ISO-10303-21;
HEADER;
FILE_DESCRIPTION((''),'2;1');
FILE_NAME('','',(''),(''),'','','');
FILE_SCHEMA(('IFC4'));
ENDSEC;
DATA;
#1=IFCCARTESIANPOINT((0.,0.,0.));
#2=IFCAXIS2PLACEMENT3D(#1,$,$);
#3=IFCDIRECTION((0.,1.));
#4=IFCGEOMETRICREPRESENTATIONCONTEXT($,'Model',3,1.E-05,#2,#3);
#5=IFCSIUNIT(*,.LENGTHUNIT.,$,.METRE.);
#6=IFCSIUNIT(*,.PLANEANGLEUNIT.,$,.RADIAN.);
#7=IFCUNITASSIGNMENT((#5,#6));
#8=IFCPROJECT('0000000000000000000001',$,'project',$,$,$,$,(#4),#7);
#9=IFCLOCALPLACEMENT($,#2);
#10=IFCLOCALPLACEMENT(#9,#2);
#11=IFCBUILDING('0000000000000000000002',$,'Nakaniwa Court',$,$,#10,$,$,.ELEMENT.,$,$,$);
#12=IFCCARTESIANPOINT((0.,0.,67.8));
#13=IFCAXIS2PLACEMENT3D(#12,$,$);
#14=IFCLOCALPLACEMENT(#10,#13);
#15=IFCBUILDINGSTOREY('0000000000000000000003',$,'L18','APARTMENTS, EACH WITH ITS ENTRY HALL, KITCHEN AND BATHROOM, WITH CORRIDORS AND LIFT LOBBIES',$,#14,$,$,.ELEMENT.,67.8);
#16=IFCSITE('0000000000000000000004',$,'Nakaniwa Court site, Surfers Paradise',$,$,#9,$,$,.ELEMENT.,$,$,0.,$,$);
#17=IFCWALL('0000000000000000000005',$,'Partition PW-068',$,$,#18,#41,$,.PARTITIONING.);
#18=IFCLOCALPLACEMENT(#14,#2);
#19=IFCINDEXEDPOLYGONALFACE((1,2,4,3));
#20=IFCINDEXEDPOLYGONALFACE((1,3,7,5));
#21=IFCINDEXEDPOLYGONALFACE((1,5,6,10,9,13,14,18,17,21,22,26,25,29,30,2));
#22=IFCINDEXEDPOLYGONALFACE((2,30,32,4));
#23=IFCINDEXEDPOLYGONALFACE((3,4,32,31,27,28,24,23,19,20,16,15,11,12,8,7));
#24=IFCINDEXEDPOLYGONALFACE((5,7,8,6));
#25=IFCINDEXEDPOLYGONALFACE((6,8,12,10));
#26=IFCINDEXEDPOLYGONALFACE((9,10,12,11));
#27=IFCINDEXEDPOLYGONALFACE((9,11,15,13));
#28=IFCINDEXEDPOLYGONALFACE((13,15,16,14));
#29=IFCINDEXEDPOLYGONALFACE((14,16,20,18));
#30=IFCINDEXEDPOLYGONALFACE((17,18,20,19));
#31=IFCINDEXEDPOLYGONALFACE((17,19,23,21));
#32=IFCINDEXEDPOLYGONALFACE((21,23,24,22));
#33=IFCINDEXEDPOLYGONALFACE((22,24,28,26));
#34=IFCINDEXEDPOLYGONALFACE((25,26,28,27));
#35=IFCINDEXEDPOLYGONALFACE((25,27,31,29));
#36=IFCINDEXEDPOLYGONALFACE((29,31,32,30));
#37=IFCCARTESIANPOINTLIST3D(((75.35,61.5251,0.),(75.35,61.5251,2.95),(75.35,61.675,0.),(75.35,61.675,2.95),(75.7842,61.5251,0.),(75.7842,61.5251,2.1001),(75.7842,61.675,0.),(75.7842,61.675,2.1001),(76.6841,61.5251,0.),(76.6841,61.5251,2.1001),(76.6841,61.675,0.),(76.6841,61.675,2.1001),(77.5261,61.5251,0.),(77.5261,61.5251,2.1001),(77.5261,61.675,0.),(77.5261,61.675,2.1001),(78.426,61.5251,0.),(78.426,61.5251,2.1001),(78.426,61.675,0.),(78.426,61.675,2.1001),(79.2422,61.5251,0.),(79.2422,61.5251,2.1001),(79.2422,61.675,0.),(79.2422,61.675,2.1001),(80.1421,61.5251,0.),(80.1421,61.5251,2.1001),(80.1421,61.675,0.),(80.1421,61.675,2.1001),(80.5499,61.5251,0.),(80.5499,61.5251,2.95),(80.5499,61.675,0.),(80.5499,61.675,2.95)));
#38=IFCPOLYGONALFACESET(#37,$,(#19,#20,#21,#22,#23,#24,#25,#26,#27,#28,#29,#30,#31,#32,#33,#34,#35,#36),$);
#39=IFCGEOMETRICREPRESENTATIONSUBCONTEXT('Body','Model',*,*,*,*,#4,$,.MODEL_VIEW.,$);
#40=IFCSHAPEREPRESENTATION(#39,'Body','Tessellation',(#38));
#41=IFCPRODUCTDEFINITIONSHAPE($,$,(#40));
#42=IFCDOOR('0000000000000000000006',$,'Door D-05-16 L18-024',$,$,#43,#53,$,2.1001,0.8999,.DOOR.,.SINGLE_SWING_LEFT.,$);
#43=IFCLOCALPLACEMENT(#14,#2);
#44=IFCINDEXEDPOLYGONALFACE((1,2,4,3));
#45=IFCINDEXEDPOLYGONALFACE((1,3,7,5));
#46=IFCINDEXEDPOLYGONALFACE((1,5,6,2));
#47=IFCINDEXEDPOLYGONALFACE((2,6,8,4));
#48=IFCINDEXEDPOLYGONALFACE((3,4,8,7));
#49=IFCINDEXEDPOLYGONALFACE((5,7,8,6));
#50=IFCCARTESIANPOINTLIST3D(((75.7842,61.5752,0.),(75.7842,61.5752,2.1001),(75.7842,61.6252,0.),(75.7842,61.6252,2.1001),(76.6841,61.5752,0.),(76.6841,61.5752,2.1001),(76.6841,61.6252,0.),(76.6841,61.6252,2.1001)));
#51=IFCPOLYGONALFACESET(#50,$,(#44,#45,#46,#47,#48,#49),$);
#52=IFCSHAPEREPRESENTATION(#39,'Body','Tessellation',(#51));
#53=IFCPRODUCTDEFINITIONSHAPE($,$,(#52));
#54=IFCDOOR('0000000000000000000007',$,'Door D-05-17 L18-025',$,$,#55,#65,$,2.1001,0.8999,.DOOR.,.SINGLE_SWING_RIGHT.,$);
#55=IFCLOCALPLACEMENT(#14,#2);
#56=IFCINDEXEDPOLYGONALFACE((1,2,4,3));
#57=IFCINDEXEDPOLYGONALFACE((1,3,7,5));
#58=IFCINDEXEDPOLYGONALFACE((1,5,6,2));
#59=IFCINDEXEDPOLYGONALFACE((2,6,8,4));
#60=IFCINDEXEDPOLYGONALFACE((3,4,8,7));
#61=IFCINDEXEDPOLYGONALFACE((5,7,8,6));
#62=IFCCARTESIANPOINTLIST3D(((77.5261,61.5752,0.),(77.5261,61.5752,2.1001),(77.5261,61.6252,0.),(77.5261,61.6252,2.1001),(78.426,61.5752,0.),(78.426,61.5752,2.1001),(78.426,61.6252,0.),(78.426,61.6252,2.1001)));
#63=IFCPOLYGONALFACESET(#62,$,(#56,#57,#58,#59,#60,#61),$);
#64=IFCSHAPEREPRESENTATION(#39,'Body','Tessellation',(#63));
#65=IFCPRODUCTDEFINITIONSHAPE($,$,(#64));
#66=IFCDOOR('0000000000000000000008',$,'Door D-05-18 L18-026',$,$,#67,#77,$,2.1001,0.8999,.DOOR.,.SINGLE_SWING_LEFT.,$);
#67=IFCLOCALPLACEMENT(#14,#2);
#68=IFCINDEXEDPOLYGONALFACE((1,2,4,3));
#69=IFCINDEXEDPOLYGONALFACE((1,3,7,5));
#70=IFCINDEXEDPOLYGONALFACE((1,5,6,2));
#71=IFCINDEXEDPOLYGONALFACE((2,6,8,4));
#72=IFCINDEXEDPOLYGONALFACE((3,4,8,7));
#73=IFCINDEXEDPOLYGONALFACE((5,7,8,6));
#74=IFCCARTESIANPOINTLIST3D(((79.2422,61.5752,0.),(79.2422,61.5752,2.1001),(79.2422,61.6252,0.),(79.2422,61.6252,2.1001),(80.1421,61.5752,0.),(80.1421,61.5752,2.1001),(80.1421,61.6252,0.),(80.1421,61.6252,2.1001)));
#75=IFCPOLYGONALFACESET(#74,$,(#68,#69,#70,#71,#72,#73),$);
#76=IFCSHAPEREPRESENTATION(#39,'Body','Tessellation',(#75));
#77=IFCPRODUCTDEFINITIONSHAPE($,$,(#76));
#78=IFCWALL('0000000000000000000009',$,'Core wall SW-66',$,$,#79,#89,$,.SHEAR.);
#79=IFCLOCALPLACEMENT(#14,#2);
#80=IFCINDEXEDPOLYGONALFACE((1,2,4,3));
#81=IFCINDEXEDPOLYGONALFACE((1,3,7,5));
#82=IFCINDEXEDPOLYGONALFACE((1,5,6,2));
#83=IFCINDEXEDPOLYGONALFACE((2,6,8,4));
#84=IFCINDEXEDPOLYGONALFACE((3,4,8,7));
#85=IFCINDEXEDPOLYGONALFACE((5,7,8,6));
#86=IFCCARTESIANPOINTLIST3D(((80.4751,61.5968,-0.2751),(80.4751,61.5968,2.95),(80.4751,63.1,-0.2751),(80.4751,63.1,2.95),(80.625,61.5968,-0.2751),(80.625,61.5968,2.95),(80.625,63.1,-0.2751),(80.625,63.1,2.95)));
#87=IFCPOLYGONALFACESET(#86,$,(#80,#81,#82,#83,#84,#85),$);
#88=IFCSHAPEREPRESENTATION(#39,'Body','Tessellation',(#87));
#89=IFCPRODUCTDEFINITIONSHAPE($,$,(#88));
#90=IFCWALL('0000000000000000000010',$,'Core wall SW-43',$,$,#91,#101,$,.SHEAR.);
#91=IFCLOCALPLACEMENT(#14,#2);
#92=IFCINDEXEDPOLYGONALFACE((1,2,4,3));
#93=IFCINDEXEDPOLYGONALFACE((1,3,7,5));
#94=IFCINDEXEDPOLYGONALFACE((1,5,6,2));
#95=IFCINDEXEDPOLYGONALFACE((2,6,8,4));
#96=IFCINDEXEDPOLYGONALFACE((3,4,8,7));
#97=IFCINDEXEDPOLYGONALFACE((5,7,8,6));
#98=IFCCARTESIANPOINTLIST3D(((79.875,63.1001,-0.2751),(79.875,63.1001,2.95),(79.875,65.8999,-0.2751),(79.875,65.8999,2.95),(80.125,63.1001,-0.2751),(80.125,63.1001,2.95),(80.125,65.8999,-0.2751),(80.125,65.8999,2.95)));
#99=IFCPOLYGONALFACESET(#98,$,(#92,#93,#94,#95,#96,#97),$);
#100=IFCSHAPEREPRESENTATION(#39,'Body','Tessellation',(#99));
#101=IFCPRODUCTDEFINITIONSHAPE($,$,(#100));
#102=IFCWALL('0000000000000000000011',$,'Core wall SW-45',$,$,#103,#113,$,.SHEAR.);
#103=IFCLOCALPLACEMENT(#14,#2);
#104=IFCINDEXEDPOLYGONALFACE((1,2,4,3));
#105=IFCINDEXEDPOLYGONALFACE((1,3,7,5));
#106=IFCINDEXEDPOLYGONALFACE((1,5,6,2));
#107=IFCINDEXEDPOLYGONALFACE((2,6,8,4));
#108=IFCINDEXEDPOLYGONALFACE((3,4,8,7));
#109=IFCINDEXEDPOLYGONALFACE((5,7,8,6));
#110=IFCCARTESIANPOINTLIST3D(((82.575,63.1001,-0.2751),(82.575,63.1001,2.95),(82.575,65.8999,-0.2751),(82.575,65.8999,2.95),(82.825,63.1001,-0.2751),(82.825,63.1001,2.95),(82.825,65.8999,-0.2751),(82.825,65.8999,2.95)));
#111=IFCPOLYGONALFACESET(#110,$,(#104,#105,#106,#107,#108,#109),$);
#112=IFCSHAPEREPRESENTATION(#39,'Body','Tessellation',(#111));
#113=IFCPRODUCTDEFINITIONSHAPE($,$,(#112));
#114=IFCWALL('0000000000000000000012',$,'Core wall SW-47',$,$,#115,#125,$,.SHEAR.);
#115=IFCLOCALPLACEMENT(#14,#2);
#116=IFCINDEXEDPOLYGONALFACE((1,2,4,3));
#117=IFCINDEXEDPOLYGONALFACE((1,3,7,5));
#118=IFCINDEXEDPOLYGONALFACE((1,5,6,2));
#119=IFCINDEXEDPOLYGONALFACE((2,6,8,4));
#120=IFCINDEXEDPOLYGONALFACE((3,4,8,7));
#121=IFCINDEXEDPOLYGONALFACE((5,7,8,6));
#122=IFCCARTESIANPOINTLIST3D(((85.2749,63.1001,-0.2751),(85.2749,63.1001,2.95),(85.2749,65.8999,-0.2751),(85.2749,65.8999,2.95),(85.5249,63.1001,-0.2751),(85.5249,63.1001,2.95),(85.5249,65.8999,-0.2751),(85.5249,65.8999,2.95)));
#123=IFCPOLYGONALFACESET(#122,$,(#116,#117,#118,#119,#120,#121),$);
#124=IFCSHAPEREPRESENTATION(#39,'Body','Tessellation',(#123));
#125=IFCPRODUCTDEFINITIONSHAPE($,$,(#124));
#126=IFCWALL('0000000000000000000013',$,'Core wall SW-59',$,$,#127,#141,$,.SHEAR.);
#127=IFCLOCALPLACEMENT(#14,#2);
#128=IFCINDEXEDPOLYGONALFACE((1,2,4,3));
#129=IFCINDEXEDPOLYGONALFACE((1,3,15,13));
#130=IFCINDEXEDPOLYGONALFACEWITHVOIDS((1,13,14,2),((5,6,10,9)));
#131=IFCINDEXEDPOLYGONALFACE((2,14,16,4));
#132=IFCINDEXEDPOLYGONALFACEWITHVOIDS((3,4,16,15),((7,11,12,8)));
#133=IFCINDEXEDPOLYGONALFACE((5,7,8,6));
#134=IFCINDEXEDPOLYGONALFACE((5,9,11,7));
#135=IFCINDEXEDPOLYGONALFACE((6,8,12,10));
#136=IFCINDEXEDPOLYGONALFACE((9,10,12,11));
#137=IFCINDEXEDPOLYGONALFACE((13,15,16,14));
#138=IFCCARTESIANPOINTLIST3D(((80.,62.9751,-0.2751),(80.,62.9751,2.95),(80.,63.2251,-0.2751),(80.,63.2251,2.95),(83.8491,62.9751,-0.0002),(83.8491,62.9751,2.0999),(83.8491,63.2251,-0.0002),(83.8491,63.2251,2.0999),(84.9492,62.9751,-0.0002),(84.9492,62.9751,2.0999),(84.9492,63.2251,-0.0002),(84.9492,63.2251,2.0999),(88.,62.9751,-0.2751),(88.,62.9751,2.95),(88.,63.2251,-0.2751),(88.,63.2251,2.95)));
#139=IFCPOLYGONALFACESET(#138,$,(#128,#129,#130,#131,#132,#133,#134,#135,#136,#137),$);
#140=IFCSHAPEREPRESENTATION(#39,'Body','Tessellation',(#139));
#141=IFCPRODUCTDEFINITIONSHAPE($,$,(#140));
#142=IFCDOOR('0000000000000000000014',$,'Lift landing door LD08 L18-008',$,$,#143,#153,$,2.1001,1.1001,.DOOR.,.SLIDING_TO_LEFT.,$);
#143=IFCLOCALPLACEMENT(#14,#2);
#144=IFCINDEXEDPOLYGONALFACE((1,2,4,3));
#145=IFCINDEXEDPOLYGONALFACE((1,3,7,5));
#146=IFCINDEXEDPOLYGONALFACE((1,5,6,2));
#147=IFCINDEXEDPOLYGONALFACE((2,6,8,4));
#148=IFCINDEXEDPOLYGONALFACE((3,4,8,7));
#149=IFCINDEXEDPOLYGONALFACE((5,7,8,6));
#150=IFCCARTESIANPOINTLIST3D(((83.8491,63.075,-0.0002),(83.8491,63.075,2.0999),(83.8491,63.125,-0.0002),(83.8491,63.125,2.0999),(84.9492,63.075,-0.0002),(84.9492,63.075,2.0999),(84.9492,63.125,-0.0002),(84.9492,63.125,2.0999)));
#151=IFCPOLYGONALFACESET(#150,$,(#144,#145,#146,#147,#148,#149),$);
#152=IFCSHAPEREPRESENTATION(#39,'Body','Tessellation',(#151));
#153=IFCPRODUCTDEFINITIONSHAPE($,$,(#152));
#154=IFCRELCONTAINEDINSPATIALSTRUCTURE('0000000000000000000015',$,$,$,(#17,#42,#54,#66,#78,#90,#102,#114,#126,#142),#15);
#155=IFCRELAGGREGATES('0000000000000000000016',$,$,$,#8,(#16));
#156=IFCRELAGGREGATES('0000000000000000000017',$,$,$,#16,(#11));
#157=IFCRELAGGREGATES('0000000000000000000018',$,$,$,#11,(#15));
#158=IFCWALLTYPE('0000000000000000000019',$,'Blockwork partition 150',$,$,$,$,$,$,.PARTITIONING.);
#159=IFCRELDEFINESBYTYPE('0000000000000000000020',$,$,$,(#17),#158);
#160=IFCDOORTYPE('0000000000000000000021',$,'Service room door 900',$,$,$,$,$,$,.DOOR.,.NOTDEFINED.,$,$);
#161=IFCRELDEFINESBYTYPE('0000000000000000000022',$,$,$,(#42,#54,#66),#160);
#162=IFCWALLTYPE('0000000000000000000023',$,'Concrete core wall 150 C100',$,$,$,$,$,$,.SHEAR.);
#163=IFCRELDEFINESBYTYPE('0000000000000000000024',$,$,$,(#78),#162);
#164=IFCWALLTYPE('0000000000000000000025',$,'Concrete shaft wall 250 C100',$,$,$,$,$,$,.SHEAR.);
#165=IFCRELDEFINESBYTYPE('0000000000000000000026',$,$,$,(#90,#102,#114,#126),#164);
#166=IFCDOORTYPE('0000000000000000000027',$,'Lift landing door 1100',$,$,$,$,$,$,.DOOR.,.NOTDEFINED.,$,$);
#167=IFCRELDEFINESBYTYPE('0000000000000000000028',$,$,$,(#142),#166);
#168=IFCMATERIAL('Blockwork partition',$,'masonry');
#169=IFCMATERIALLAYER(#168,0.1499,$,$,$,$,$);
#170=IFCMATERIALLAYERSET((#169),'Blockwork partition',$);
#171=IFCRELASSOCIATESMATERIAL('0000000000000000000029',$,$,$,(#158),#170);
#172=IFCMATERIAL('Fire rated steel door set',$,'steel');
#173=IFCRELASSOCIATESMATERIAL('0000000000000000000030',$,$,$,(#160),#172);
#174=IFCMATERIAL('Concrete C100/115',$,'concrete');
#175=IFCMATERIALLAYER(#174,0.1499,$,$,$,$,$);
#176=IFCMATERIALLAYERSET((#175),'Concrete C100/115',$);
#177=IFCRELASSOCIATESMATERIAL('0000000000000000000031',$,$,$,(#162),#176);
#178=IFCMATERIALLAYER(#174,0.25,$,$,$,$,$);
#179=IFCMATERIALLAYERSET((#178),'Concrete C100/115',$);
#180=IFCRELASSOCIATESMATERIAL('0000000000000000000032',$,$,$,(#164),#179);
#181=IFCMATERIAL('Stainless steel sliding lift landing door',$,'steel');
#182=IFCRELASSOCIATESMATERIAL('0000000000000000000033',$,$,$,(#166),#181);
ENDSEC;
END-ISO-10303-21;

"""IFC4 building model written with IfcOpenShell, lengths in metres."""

from ifc_helpers import new_model, si_unit, direction, frame, frame_2d, origin, place, context, subcontext, project, spatial, rectangle, extrude, material, layer, layer_set, type_object, element, fill, save


model = new_model("IFC4")

# Units and contexts
model_context = context("Model", 3, precision=1e-05, world=origin(), true_north=direction((0.0, 1.0)))
body_context = subcontext(model_context, "Body", "Model", "MODEL_VIEW")
ifc_project = project(units=[si_unit("LENGTHUNIT", "METRE"), si_unit("PLANEANGLEUNIT", "RADIAN")], contexts=[model_context])

# Site, building, storey
site_placement = place(None, origin())
site = spatial("IfcSite", under=ifc_project, at=site_placement, Name="Nakaniwa Court site, Surfers Paradise", CompositionType="ELEMENT", RefElevation=0.0)
building_placement = place(site_placement, origin())
building = spatial("IfcBuilding", under=site, at=building_placement, Name="Nakaniwa Court", CompositionType="ELEMENT")
storey_placement = place(building_placement, frame((0.0, 0.0, 67.8)))
storey = spatial("IfcBuildingStorey", under=building, at=storey_placement, Name="L18", Description="APARTMENTS, EACH WITH ITS ENTRY HALL, KITCHEN AND BATHROOM, WITH CORRIDORS AND LIFT LOBBIES", CompositionType="ELEMENT", Elevation=67.8)

# Shared definitions
ifc_material_1 = material(Name="Blockwork partition", Category="masonry")
ifc_layer_1 = layer(ifc_material_1, 0.1499)
ifc_layer_set_1 = layer_set([ifc_layer_1], Name="Blockwork partition")
wall_type_1 = type_object("IfcWallType", Name="Blockwork partition 150", PredefinedType="PARTITIONING", material=ifc_layer_set_1)
ifc_material_2 = material(Name="Fire rated steel door set", Category="steel")

# Wall, openings, doors
wall_1_placement = place(storey_placement, frame((80.55, 61.6001, 0.0), z_axis=(0.0, 0.0, 1.0), x_axis=(-1.0, 0.0, 0.0)))
wall_1 = element("IfcWall", 1, at=wall_1_placement, inside=storey, type_object=wall_type_1, Name="Partition PW-068", PredefinedType="PARTITIONING", context=body_context, shape_type="SweptSolid", body=[
    extrude(rectangle(XDim=5.2, YDim=0.1499, at=frame_2d((2.6001, 0.0))), origin(), (0.0, 0.0, 1.0), 2.95),
])
opening_1_placement = place(wall_1_placement, frame((3.866, 0.0, 0.0)))
opening_1 = element("IfcOpeningElement", 2, at=opening_1_placement, cuts=wall_1, PredefinedType="OPENING", context=body_context, shape_type="SweptSolid", body=[
    extrude(rectangle(XDim=0.8999, YDim=2.1001, at=frame_2d((0.45, 1.05))), frame((0.0, 0.085, 0.0), z_axis=(0.0, -1.0, 0.0), x_axis=(1.0, 0.0, 0.0)), (0.0, 0.0, 1.0), 0.1699),
])
opening_2_placement = place(wall_1_placement, frame((2.124, 0.0, 0.0)))
opening_2 = element("IfcOpeningElement", 3, at=opening_2_placement, cuts=wall_1, PredefinedType="OPENING", context=body_context, shape_type="SweptSolid", body=[
    extrude(rectangle(XDim=0.8999, YDim=2.1001, at=frame_2d((0.45, 1.05))), frame((0.0, 0.085, 0.0), z_axis=(0.0, -1.0, 0.0), x_axis=(1.0, 0.0, 0.0)), (0.0, 0.0, 1.0), 0.1699),
])
opening_3_placement = place(wall_1_placement, frame((0.408, 0.0, 0.0)))
opening_3 = element("IfcOpeningElement", 4, at=opening_3_placement, cuts=wall_1, PredefinedType="OPENING", context=body_context, shape_type="SweptSolid", body=[
    extrude(rectangle(XDim=0.8999, YDim=2.1001, at=frame_2d((0.45, 1.05))), frame((0.0, 0.085, 0.0), z_axis=(0.0, -1.0, 0.0), x_axis=(1.0, 0.0, 0.0)), (0.0, 0.0, 1.0), 0.1699),
])
door_type_1 = type_object("IfcDoorType", Name="Service room door 900", OperationType="NOTDEFINED", PredefinedType="DOOR", material=ifc_material_2)
door_1_placement = place(opening_1_placement, origin())
door_1 = element("IfcDoor", 5, at=door_1_placement, inside=storey, type_object=door_type_1, Name="Door D-05-16 L18-024", OperationType="SINGLE_SWING_LEFT", OverallHeight=2.1001, OverallWidth=0.8999, PredefinedType="DOOR", context=body_context, shape_type="SweptSolid", body=[
    extrude(rectangle(XDim=0.8999, YDim=2.1001, at=frame_2d((0.45, 1.05))), frame((0.0, 0.0249, 0.0), z_axis=(0.0, -1.0, 0.0), x_axis=(1.0, 0.0, 0.0)), (0.0, 0.0, 1.0), 0.05),
])
fill(opening_1, door_1)
door_2_placement = place(opening_2_placement, origin())
door_2 = element("IfcDoor", 6, at=door_2_placement, inside=storey, type_object=door_type_1, Name="Door D-05-17 L18-025", OperationType="SINGLE_SWING_RIGHT", OverallHeight=2.1001, OverallWidth=0.8999, PredefinedType="DOOR", context=body_context, shape_type="SweptSolid", body=[
    extrude(rectangle(XDim=0.8999, YDim=2.1001, at=frame_2d((0.45, 1.05))), frame((0.0, 0.0249, 0.0), z_axis=(0.0, -1.0, 0.0), x_axis=(1.0, 0.0, 0.0)), (0.0, 0.0, 1.0), 0.05),
])
fill(opening_2, door_2)
door_3_placement = place(opening_3_placement, origin())
door_3 = element("IfcDoor", 7, at=door_3_placement, inside=storey, type_object=door_type_1, Name="Door D-05-18 L18-026", OperationType="SINGLE_SWING_LEFT", OverallHeight=2.1001, OverallWidth=0.8999, PredefinedType="DOOR", context=body_context, shape_type="SweptSolid", body=[
    extrude(rectangle(XDim=0.8999, YDim=2.1001, at=frame_2d((0.45, 1.05))), frame((0.0, 0.0249, 0.0), z_axis=(0.0, -1.0, 0.0), x_axis=(1.0, 0.0, 0.0)), (0.0, 0.0, 1.0), 0.05),
])
fill(opening_3, door_3)

# Walls
ifc_material_3 = material(Name="Concrete C100/115", Category="concrete")
ifc_layer_2 = layer(ifc_material_3, 0.1499)
ifc_layer_set_2 = layer_set([ifc_layer_2], Name="Concrete C100/115")
wall_type_2 = type_object("IfcWallType", Name="Concrete core wall 150 C100", PredefinedType="SHEAR", material=ifc_layer_set_2)
wall_2_placement = place(storey_placement, frame((80.55, 61.5969, -0.2751), z_axis=(0.0, 0.0, 1.0), x_axis=(0.0, 1.0, 0.0)))
element("IfcWall", 8, at=wall_2_placement, inside=storey, type_object=wall_type_2, Name="Core wall SW-66", PredefinedType="SHEAR", context=body_context, shape_type="SweptSolid", body=[
    extrude(rectangle(XDim=1.5032, YDim=0.1499, at=frame_2d((0.7515, 0.0))), origin(), (0.0, 0.0, 1.0), 3.2251),
])
ifc_layer_3 = layer(ifc_material_3, 0.25)
ifc_layer_set_3 = layer_set([ifc_layer_3], Name="Concrete C100/115")
wall_type_3 = type_object("IfcWallType", Name="Concrete shaft wall 250 C100", PredefinedType="SHEAR", material=ifc_layer_set_3)
for number, where, z_axis, x_axis, name in (
    (9, (80.0, 63.1001, -0.2751), (0.0, 0.0, 1.0), (0.0, 1.0, 0.0), "Core wall SW-43"),
    (10, (82.7, 63.1001, -0.2751), (0.0, 0.0, 1.0), (0.0, 1.0, 0.0), "Core wall SW-45"),
    (11, (85.3999, 63.1001, -0.2751), (0.0, 0.0, 1.0), (0.0, 1.0, 0.0), "Core wall SW-47"),
):
    element("IfcWall", number, at=place(storey_placement, frame(where, z_axis=z_axis, x_axis=x_axis)), inside=storey, type_object=wall_type_3, Name=name, PredefinedType="SHEAR", context=body_context, shape_type="SweptSolid", body=[
        extrude(rectangle(XDim=2.7998, YDim=0.25, at=frame_2d((1.3999, 0.0))), origin(), (0.0, 0.0, 1.0), 3.2251),
    ])

# Wall, opening, door
wall_3_placement = place(storey_placement, frame((80.0, 63.1001, -0.2751), z_axis=(0.0, 0.0, 1.0), x_axis=(1.0, 0.0, 0.0)))
wall_3 = element("IfcWall", 12, at=wall_3_placement, inside=storey, type_object=wall_type_3, Name="Core wall SW-59", PredefinedType="SHEAR", context=body_context, shape_type="SweptSolid", body=[
    extrude(rectangle(XDim=8.0, YDim=0.25, at=frame_2d((4.0, 0.0))), origin(), (0.0, 0.0, 1.0), 3.2251),
])
opening_4_placement = place(wall_3_placement, frame((3.8491, 0.0, 0.2749)))
opening_4 = element("IfcOpeningElement", 13, at=opening_4_placement, cuts=wall_3, PredefinedType="OPENING", context=body_context, shape_type="SweptSolid", body=[
    extrude(rectangle(XDim=1.1001, YDim=2.1001, at=frame_2d((0.55, 1.05))), frame((0.0, 0.135, 0.0), z_axis=(0.0, -1.0, 0.0), x_axis=(1.0, 0.0, 0.0)), (0.0, 0.0, 1.0), 0.27),
])
ifc_material_4 = material(Name="Stainless steel sliding lift landing door", Category="steel")
door_type_2 = type_object("IfcDoorType", Name="Lift landing door 1100", OperationType="NOTDEFINED", PredefinedType="DOOR", material=ifc_material_4)
door_4_placement = place(opening_4_placement, origin())
door_4 = element("IfcDoor", 14, at=door_4_placement, inside=storey, type_object=door_type_2, Name="Lift landing door LD08 L18-008", OperationType="SLIDING_TO_LEFT", OverallHeight=2.1001, OverallWidth=1.1001, PredefinedType="DOOR", context=body_context, shape_type="SweptSolid", body=[
    extrude(rectangle(XDim=1.1001, YDim=2.1001, at=frame_2d((0.55, 1.05))), frame((0.0, 0.0249, 0.0), z_axis=(0.0, -1.0, 0.0), x_axis=(1.0, 0.0, 0.0)), (0.0, 0.0, 1.0), 0.05),
])
fill(opening_4, door_4)

save(model, "model.ifc")
